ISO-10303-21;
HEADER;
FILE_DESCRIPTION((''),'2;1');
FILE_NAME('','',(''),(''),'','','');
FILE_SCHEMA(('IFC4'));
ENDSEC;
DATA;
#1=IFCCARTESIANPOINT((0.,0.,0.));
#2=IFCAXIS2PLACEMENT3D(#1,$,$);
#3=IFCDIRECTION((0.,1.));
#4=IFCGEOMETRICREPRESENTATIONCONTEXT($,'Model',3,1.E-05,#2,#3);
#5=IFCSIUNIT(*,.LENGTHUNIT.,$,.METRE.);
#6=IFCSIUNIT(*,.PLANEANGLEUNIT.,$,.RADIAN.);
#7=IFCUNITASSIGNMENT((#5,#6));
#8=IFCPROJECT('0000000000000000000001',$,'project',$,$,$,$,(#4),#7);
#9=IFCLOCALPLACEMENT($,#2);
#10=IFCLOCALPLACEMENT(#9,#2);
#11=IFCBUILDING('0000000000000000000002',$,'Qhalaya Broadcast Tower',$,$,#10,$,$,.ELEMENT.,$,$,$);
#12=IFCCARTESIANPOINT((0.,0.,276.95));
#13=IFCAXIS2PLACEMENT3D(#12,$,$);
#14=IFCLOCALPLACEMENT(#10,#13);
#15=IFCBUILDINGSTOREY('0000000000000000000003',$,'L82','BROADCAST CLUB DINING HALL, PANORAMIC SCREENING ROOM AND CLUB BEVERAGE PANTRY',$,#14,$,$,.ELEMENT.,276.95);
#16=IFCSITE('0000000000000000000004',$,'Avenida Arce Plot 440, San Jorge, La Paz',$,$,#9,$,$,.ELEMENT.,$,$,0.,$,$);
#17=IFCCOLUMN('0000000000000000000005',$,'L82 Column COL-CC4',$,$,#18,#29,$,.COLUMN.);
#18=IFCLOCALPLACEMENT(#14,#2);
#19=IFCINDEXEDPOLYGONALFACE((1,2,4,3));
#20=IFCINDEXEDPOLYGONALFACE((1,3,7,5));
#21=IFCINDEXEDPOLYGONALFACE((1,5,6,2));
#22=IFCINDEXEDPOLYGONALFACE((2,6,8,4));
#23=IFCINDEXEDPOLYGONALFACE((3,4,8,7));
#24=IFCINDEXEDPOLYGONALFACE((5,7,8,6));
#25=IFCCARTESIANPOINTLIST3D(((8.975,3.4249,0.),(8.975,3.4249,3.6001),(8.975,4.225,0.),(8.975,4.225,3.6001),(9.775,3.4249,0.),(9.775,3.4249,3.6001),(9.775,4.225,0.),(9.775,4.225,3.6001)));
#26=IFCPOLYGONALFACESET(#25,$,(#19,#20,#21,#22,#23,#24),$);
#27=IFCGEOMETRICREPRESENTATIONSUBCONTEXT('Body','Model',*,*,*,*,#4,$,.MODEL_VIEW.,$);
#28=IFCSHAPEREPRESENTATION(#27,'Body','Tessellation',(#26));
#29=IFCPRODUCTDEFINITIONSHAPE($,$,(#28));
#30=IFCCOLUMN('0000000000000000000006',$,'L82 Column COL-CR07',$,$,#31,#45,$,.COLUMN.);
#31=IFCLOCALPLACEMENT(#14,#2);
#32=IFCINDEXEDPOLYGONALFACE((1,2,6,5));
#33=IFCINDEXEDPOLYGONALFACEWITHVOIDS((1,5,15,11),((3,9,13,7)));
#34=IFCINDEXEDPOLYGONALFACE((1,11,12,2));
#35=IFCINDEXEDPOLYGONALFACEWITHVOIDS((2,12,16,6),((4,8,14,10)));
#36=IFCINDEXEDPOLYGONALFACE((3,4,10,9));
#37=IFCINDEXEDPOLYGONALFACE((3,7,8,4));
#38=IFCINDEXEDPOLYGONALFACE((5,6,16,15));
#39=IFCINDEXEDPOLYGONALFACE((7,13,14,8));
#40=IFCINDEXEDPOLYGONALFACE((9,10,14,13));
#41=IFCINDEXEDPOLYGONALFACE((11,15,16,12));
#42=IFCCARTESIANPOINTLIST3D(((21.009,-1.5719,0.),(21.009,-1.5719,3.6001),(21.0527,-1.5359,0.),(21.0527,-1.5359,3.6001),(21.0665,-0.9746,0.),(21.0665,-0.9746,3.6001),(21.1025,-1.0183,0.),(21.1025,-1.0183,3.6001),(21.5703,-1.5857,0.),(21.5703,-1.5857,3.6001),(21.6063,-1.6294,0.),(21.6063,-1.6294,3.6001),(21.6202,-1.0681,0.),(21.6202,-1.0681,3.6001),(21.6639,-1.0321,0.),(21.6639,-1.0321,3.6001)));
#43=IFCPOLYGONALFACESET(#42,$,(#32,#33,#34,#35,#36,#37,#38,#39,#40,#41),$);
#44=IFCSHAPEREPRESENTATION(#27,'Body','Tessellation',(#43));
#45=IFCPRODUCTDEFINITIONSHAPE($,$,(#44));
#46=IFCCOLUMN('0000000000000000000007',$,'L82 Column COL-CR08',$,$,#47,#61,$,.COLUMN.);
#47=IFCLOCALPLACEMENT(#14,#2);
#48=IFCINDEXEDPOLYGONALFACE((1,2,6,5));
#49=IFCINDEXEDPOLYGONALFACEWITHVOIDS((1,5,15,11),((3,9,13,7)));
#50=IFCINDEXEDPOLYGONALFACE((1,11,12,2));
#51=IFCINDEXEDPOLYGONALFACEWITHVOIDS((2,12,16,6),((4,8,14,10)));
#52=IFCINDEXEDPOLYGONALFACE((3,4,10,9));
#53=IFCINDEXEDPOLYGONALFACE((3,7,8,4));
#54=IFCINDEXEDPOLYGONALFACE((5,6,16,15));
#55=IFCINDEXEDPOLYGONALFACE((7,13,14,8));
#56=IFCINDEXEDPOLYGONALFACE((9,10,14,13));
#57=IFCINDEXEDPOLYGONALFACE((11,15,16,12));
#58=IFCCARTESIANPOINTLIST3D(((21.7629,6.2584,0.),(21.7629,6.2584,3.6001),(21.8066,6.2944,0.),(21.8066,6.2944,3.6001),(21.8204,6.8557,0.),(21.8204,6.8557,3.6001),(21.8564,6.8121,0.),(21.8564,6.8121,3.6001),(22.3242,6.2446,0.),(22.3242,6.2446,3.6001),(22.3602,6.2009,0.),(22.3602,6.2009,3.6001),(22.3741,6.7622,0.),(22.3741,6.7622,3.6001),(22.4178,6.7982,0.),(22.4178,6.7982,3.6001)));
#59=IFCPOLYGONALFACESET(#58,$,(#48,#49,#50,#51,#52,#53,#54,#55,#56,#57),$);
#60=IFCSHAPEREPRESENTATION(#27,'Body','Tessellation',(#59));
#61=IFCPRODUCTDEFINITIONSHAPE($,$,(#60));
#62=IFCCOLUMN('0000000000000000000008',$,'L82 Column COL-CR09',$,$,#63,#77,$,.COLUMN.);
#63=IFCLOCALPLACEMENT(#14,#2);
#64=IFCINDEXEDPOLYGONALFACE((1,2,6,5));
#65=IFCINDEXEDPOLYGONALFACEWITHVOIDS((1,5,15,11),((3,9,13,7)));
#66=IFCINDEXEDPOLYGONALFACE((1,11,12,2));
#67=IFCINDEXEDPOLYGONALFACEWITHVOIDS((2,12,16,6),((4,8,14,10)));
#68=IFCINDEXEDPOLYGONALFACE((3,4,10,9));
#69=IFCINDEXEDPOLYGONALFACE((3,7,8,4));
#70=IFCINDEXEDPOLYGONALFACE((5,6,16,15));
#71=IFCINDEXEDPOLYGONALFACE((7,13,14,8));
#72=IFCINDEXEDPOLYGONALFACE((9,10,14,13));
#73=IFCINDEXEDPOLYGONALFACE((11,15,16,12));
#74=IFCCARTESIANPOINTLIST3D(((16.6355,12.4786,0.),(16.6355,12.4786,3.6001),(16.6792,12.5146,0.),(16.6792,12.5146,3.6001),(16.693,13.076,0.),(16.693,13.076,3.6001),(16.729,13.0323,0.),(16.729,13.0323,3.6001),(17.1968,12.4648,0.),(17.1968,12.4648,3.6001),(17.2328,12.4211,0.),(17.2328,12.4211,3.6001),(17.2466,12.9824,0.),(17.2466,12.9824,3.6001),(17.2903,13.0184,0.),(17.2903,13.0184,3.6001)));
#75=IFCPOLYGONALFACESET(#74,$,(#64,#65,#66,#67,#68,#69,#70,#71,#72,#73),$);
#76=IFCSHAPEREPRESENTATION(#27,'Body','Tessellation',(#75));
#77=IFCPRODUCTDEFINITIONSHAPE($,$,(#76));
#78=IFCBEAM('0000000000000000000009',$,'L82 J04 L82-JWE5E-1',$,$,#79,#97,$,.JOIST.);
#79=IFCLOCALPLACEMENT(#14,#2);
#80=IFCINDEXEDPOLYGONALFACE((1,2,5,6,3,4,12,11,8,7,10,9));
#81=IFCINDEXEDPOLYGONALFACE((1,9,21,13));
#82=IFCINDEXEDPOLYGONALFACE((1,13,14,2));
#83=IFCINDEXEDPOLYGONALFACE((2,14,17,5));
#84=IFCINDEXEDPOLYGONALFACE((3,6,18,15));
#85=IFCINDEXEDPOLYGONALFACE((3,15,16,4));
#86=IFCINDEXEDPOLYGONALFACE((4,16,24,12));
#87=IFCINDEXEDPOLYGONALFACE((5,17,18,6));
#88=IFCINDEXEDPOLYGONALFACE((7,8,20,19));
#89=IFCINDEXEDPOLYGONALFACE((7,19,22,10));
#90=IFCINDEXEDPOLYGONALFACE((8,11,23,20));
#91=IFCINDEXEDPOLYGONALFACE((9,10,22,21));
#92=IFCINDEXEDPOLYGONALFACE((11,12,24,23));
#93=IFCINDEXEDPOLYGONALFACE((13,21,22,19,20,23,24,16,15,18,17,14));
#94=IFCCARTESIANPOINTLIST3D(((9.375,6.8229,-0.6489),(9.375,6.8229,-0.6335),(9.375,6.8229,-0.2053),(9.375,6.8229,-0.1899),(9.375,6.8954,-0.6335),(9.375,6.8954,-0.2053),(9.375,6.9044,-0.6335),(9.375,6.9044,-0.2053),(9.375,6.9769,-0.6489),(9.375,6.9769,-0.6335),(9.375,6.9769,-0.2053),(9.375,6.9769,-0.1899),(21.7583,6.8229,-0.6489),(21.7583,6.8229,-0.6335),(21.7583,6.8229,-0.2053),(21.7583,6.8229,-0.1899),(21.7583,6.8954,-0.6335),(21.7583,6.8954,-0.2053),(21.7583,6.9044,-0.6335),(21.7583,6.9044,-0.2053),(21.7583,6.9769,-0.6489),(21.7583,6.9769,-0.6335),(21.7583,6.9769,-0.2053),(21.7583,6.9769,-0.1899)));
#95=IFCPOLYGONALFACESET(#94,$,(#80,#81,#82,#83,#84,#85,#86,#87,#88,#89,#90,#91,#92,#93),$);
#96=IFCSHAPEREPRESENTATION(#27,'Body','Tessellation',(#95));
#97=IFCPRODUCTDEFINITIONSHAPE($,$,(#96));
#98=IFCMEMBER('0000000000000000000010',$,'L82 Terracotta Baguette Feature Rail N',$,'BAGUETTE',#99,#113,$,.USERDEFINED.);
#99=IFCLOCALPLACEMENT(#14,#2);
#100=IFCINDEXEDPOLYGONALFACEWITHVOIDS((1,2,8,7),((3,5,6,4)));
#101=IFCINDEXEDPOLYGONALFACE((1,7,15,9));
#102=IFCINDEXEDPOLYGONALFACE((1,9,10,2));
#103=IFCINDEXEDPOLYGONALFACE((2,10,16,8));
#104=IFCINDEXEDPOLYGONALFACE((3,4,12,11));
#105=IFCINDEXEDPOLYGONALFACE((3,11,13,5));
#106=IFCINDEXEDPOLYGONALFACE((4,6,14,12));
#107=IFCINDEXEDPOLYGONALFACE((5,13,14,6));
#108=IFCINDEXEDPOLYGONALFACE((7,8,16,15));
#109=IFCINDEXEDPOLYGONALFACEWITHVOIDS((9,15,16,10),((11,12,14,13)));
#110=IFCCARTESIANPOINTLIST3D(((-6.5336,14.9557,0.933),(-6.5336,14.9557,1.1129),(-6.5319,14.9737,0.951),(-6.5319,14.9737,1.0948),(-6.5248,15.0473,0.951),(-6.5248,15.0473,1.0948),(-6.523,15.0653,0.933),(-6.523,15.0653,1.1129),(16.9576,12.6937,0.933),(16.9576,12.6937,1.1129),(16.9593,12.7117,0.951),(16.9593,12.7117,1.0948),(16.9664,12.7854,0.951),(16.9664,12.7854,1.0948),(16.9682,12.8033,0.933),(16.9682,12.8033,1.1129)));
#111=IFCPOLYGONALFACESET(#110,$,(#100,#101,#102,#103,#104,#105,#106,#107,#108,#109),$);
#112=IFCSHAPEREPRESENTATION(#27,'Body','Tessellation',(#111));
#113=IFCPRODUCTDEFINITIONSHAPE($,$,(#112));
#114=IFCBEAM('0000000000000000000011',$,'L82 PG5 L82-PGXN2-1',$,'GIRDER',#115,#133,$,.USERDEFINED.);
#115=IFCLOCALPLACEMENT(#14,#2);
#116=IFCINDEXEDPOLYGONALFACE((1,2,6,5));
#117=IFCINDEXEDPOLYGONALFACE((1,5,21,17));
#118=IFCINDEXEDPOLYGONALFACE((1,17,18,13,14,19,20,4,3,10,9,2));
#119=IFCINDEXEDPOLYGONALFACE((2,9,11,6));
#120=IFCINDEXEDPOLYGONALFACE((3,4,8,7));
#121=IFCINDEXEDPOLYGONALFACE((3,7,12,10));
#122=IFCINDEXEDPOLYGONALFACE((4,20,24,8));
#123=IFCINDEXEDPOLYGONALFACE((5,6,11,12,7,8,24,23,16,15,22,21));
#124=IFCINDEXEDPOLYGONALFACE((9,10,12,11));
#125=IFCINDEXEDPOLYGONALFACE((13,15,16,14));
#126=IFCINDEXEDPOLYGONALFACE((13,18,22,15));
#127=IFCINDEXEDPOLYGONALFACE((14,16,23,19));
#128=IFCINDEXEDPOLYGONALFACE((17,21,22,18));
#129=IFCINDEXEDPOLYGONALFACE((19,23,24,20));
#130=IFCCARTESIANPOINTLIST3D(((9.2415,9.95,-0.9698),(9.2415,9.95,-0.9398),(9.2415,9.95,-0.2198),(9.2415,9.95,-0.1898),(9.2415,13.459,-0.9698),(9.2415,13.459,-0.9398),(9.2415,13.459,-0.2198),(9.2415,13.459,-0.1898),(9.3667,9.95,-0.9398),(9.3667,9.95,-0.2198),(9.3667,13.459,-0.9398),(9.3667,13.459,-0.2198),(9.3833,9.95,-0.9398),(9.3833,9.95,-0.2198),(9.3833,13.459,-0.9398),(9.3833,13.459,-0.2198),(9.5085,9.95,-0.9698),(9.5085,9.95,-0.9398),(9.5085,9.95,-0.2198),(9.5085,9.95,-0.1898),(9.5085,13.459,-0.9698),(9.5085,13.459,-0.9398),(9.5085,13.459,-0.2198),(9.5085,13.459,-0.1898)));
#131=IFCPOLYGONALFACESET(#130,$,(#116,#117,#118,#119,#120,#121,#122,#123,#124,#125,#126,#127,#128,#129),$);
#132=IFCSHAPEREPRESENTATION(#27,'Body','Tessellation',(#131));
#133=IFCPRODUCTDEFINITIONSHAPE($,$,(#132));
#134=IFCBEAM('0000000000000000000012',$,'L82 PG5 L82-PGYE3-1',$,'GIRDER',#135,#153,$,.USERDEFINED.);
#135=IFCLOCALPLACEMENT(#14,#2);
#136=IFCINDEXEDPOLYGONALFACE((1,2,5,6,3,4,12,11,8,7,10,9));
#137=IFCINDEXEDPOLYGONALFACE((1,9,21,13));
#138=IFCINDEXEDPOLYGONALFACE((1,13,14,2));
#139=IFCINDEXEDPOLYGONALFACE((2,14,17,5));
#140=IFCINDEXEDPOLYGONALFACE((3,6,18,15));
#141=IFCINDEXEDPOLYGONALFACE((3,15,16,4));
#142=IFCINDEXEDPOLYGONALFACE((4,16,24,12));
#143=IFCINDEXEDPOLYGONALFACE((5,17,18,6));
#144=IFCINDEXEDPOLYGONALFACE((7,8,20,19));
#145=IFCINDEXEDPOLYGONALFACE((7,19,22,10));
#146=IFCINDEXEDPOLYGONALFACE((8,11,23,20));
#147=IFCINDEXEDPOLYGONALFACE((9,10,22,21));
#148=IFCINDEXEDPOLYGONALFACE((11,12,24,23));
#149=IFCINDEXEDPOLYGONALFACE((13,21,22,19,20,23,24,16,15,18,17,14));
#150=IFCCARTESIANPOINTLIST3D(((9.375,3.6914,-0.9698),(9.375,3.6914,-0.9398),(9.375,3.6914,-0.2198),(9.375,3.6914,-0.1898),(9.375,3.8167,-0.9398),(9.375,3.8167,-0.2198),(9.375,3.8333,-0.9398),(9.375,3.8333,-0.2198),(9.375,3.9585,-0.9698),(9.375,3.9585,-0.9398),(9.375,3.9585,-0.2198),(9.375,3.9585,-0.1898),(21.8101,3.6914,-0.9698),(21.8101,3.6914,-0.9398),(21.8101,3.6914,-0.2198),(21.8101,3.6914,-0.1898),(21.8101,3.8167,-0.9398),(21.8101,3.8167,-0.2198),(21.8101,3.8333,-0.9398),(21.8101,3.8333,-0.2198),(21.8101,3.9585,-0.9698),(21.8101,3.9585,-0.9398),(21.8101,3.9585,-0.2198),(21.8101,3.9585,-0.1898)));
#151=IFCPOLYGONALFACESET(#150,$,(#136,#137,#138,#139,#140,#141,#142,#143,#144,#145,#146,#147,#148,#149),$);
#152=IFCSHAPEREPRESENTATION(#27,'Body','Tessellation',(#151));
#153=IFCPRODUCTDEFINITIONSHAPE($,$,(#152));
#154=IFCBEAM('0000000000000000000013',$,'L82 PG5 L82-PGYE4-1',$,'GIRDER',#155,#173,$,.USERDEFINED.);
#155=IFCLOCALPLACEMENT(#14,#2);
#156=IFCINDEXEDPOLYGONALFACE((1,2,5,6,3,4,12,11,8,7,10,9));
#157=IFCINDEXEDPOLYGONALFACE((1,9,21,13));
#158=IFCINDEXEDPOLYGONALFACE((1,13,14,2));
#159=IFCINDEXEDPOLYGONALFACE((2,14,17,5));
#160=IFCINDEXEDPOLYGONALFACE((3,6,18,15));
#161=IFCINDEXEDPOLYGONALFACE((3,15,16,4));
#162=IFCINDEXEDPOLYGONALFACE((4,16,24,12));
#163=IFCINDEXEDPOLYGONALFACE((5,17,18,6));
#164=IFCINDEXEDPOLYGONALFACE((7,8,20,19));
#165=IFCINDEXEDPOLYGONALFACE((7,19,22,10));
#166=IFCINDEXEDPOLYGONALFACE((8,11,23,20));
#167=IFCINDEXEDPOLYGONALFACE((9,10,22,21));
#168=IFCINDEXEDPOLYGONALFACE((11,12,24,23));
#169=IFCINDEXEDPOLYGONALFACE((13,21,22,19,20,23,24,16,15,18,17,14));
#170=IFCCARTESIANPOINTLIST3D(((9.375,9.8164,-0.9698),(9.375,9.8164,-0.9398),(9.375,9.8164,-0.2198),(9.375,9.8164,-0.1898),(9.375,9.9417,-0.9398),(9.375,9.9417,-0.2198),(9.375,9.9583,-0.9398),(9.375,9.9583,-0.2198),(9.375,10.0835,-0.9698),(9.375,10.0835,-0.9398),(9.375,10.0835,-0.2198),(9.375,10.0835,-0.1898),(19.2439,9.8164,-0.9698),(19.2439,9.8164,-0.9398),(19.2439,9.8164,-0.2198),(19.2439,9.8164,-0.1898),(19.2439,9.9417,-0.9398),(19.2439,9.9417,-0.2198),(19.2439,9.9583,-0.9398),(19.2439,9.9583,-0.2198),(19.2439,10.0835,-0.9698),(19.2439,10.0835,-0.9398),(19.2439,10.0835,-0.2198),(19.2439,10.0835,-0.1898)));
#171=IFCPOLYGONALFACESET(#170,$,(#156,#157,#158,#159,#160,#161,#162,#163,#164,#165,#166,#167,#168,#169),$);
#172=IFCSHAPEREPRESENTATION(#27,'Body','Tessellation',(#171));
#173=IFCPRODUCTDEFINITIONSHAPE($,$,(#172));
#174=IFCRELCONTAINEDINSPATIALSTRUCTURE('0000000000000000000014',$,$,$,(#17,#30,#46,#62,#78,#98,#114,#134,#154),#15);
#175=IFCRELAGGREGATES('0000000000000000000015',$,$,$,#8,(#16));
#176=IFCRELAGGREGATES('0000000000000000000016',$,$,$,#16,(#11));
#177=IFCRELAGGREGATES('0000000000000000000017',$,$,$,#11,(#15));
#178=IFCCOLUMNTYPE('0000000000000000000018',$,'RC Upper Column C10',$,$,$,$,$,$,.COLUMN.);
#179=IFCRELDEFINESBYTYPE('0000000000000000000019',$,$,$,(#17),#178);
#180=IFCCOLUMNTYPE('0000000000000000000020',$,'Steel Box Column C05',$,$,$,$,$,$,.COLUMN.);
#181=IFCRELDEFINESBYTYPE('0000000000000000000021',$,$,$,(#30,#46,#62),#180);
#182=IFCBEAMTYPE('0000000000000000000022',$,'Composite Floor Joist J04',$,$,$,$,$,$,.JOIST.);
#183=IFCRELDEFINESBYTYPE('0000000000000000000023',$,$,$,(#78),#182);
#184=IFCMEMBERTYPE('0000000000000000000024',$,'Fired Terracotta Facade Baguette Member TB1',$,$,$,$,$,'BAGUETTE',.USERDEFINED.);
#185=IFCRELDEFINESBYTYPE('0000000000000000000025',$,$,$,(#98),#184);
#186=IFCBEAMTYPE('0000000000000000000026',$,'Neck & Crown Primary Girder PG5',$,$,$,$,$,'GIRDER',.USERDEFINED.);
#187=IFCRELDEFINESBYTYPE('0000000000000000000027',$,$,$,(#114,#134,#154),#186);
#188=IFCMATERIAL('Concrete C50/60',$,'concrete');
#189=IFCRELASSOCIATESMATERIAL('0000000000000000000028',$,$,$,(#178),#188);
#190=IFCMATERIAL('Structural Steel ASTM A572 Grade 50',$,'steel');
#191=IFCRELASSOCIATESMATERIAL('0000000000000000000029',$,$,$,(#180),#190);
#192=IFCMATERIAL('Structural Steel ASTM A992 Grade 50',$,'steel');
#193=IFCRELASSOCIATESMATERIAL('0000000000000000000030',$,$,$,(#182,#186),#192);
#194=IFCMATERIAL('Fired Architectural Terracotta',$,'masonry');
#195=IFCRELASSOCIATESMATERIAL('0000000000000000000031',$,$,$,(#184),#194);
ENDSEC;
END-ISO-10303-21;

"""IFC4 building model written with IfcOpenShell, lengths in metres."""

from ifc_helpers import new_model, si_unit, direction, frame, origin, origin_2d, place, context, subcontext, project, spatial, rectangle, hollow_rectangle, i_section, extrude, material, material_profile, profile_set, type_object, element, save


model = new_model("IFC4")

# Units and contexts
model_context = context("Model", 3, precision=1e-05, world=origin(), true_north=direction((0.0, 1.0)))
body_context = subcontext(model_context, "Body", "Model", "MODEL_VIEW")
ifc_project = project(units=[si_unit("LENGTHUNIT", "METRE"), si_unit("PLANEANGLEUNIT", "RADIAN")], contexts=[model_context])

# Site, building, storey
site_placement = place(None, origin())
site = spatial("IfcSite", under=ifc_project, at=site_placement, Name="Avenida Arce Plot 440, San Jorge, La Paz", CompositionType="ELEMENT", RefElevation=0.0)
building_placement = place(site_placement, origin())
building = spatial("IfcBuilding", under=site, at=building_placement, Name="Qhalaya Broadcast Tower", CompositionType="ELEMENT")
storey_placement = place(building_placement, frame((0.0, 0.0, 276.95)))
storey = spatial("IfcBuildingStorey", under=building, at=storey_placement, Name="L82", Description="BROADCAST CLUB DINING HALL, PANORAMIC SCREENING ROOM AND CLUB BEVERAGE PANTRY", CompositionType="ELEMENT", Elevation=276.95)

# Columns
ifc_material_1 = material(Name="Concrete C50/60", Category="concrete")
ifc_material_profile_1 = material_profile(ifc_material_1, rectangle(XDim=0.8, YDim=0.8, at=origin_2d()), Name="RC-COL 800x800")
ifc_profile_set_1 = profile_set([ifc_material_profile_1], Name="Concrete C50/60")
column_type_1 = type_object("IfcColumnType", Name="RC Upper Column C10", PredefinedType="COLUMN", material=ifc_profile_set_1)
column_placement = place(storey_placement, frame((9.375, 3.825, 0.0), z_axis=(0.0, 0.0, 1.0), x_axis=(1.0, 0.0, 0.0)))
element("IfcColumn", 1, at=column_placement, inside=storey, type_object=column_type_1, Name="L82 Column COL-CC4", PredefinedType="COLUMN", context=body_context, shape_type="SweptSolid", body=[
    extrude(rectangle(XDim=0.8, YDim=0.8, at=origin_2d()), origin(), (0.0, 0.0, 1.0), 3.6001),
])
ifc_material_2 = material(Name="Structural Steel ASTM A572 Grade 50", Category="steel")
ifc_material_profile_2 = material_profile(ifc_material_2, hollow_rectangle(XDim=0.6001, YDim=0.6001, WallThickness=0.04, at=origin_2d()), Name="BOX 600x600x40")
ifc_profile_set_2 = profile_set([ifc_material_profile_2], Name="Structural Steel ASTM A572 Grade 50")
column_type_2 = type_object("IfcColumnType", Name="Steel Box Column C05", PredefinedType="COLUMN", material=ifc_profile_set_2)
for number, where, z_axis, x_axis, name in (
    (2, (21.3364, -1.302, 0.0), (0.0, 0.0, 1.0), (0.095846, 0.995396, 0.0), "L82 Column COL-CR07"),
    (3, (22.0903, 6.5283, 0.0), (0.0, 0.0, 1.0), (0.095846, 0.995396, 0.0), "L82 Column COL-CR08"),
    (4, (16.9629, 12.7485, 0.0), (0.0, 0.0, 1.0), (0.995396, -0.095846, 0.0), "L82 Column COL-CR09"),
):
    element("IfcColumn", number, at=place(storey_placement, frame(where, z_axis=z_axis, x_axis=x_axis)), inside=storey, type_object=column_type_2, Name=name, PredefinedType="COLUMN", context=body_context, shape_type="SweptSolid", body=[
        extrude(hollow_rectangle(XDim=0.6001, YDim=0.6001, WallThickness=0.04, at=origin_2d()), origin(), (0.0, 0.0, 1.0), 3.6001),
    ])

# Beam
ifc_material_3 = material(Name="Structural Steel ASTM A992 Grade 50", Category="steel")
ifc_material_profile_3 = material_profile(ifc_material_3, i_section(OverallWidth=0.1541, OverallDepth=0.459, WebThickness=0.009, FlangeThickness=0.0154, at=origin_2d()), Name="W18X46")
ifc_profile_set_3 = profile_set([ifc_material_profile_3], Name="Structural Steel ASTM A992 Grade 50")
beam_type_1 = type_object("IfcBeamType", Name="Composite Floor Joist J04", PredefinedType="JOIST", material=ifc_profile_set_3)
beam_1_placement = place(storey_placement, frame((9.375, 6.8999, -0.4194), z_axis=(1.0, 0.0, 0.0), x_axis=(0.0, 1.0, 0.0)))
element("IfcBeam", 5, at=beam_1_placement, inside=storey, type_object=beam_type_1, Name="L82 J04 L82-JWE5E-1", PredefinedType="JOIST", context=body_context, shape_type="SweptSolid", body=[
    extrude(i_section(OverallWidth=0.1541, OverallDepth=0.459, WebThickness=0.009, FlangeThickness=0.0154, at=origin_2d()), origin(), (0.0, 0.0, 1.0), 12.3833),
])

# Member
ifc_material_4 = material(Name="Fired Architectural Terracotta", Category="masonry")
ifc_material_profile_4 = material_profile(ifc_material_4, hollow_rectangle(XDim=0.1101, YDim=0.1799, WallThickness=0.0181, at=origin_2d()), Name="TB-BAG 110x180x18")
ifc_profile_set_4 = profile_set([ifc_material_profile_4], Name="Fired Architectural Terracotta")
member_type_1 = type_object("IfcMemberType", Name="Fired Terracotta Facade Baguette Member TB1", ElementType="BAGUETTE", PredefinedType="USERDEFINED", material=ifc_profile_set_4)
member_1_placement = place(storey_placement, frame((16.9629, 12.7485, 1.0229), z_axis=(-0.995396, 0.095846, 0.0), x_axis=(-0.095846, -0.995396, 0.0)))
element("IfcMember", 6, at=member_1_placement, inside=storey, type_object=member_type_1, Name="L82 Terracotta Baguette Feature Rail N", ObjectType="BAGUETTE", PredefinedType="USERDEFINED", context=body_context, shape_type="SweptSolid", body=[
    extrude(hollow_rectangle(XDim=0.1101, YDim=0.1799, WallThickness=0.0181, at=origin_2d()), origin(), (0.0, 0.0, 1.0), 23.5999),
])

# Beams
ifc_material_profile_5 = material_profile(ifc_material_3, i_section(OverallWidth=0.2671, OverallDepth=0.78, WebThickness=0.0166, FlangeThickness=0.03, at=origin_2d()), Name="W30X148")
ifc_profile_set_5 = profile_set([ifc_material_profile_5], Name="Structural Steel ASTM A992 Grade 50")
beam_type_2 = type_object("IfcBeamType", Name="Neck & Crown Primary Girder PG5", ElementType="GIRDER", PredefinedType="USERDEFINED", material=ifc_profile_set_5)
beam_2_placement = place(storey_placement, frame((9.375, 9.95, -0.5798), z_axis=(0.0, 1.0, 0.0), x_axis=(-1.0, 0.0, 0.0)))
element("IfcBeam", 7, at=beam_2_placement, inside=storey, type_object=beam_type_2, Name="L82 PG5 L82-PGXN2-1", ObjectType="GIRDER", PredefinedType="USERDEFINED", context=body_context, shape_type="SweptSolid", body=[
    extrude(i_section(OverallWidth=0.2671, OverallDepth=0.78, WebThickness=0.0166, FlangeThickness=0.03, at=origin_2d()), origin(), (0.0, 0.0, 1.0), 3.509),
])
beam_3_placement = place(storey_placement, frame((9.375, 3.825, -0.5798), z_axis=(1.0, 0.0, 0.0), x_axis=(0.0, 1.0, 0.0)))
element("IfcBeam", 8, at=beam_3_placement, inside=storey, type_object=beam_type_2, Name="L82 PG5 L82-PGYE3-1", ObjectType="GIRDER", PredefinedType="USERDEFINED", context=body_context, shape_type="SweptSolid", body=[
    extrude(i_section(OverallWidth=0.2671, OverallDepth=0.78, WebThickness=0.0166, FlangeThickness=0.03, at=origin_2d()), origin(), (0.0, 0.0, 1.0), 12.4351),
])
beam_4_placement = place(storey_placement, frame((9.375, 9.95, -0.5798), z_axis=(1.0, 0.0, 0.0), x_axis=(0.0, 1.0, 0.0)))
element("IfcBeam", 9, at=beam_4_placement, inside=storey, type_object=beam_type_2, Name="L82 PG5 L82-PGYE4-1", ObjectType="GIRDER", PredefinedType="USERDEFINED", context=body_context, shape_type="SweptSolid", body=[
    extrude(i_section(OverallWidth=0.2671, OverallDepth=0.78, WebThickness=0.0166, FlangeThickness=0.03, at=origin_2d()), origin(), (0.0, 0.0, 1.0), 9.8689),
])

save(model, "model.ifc")
